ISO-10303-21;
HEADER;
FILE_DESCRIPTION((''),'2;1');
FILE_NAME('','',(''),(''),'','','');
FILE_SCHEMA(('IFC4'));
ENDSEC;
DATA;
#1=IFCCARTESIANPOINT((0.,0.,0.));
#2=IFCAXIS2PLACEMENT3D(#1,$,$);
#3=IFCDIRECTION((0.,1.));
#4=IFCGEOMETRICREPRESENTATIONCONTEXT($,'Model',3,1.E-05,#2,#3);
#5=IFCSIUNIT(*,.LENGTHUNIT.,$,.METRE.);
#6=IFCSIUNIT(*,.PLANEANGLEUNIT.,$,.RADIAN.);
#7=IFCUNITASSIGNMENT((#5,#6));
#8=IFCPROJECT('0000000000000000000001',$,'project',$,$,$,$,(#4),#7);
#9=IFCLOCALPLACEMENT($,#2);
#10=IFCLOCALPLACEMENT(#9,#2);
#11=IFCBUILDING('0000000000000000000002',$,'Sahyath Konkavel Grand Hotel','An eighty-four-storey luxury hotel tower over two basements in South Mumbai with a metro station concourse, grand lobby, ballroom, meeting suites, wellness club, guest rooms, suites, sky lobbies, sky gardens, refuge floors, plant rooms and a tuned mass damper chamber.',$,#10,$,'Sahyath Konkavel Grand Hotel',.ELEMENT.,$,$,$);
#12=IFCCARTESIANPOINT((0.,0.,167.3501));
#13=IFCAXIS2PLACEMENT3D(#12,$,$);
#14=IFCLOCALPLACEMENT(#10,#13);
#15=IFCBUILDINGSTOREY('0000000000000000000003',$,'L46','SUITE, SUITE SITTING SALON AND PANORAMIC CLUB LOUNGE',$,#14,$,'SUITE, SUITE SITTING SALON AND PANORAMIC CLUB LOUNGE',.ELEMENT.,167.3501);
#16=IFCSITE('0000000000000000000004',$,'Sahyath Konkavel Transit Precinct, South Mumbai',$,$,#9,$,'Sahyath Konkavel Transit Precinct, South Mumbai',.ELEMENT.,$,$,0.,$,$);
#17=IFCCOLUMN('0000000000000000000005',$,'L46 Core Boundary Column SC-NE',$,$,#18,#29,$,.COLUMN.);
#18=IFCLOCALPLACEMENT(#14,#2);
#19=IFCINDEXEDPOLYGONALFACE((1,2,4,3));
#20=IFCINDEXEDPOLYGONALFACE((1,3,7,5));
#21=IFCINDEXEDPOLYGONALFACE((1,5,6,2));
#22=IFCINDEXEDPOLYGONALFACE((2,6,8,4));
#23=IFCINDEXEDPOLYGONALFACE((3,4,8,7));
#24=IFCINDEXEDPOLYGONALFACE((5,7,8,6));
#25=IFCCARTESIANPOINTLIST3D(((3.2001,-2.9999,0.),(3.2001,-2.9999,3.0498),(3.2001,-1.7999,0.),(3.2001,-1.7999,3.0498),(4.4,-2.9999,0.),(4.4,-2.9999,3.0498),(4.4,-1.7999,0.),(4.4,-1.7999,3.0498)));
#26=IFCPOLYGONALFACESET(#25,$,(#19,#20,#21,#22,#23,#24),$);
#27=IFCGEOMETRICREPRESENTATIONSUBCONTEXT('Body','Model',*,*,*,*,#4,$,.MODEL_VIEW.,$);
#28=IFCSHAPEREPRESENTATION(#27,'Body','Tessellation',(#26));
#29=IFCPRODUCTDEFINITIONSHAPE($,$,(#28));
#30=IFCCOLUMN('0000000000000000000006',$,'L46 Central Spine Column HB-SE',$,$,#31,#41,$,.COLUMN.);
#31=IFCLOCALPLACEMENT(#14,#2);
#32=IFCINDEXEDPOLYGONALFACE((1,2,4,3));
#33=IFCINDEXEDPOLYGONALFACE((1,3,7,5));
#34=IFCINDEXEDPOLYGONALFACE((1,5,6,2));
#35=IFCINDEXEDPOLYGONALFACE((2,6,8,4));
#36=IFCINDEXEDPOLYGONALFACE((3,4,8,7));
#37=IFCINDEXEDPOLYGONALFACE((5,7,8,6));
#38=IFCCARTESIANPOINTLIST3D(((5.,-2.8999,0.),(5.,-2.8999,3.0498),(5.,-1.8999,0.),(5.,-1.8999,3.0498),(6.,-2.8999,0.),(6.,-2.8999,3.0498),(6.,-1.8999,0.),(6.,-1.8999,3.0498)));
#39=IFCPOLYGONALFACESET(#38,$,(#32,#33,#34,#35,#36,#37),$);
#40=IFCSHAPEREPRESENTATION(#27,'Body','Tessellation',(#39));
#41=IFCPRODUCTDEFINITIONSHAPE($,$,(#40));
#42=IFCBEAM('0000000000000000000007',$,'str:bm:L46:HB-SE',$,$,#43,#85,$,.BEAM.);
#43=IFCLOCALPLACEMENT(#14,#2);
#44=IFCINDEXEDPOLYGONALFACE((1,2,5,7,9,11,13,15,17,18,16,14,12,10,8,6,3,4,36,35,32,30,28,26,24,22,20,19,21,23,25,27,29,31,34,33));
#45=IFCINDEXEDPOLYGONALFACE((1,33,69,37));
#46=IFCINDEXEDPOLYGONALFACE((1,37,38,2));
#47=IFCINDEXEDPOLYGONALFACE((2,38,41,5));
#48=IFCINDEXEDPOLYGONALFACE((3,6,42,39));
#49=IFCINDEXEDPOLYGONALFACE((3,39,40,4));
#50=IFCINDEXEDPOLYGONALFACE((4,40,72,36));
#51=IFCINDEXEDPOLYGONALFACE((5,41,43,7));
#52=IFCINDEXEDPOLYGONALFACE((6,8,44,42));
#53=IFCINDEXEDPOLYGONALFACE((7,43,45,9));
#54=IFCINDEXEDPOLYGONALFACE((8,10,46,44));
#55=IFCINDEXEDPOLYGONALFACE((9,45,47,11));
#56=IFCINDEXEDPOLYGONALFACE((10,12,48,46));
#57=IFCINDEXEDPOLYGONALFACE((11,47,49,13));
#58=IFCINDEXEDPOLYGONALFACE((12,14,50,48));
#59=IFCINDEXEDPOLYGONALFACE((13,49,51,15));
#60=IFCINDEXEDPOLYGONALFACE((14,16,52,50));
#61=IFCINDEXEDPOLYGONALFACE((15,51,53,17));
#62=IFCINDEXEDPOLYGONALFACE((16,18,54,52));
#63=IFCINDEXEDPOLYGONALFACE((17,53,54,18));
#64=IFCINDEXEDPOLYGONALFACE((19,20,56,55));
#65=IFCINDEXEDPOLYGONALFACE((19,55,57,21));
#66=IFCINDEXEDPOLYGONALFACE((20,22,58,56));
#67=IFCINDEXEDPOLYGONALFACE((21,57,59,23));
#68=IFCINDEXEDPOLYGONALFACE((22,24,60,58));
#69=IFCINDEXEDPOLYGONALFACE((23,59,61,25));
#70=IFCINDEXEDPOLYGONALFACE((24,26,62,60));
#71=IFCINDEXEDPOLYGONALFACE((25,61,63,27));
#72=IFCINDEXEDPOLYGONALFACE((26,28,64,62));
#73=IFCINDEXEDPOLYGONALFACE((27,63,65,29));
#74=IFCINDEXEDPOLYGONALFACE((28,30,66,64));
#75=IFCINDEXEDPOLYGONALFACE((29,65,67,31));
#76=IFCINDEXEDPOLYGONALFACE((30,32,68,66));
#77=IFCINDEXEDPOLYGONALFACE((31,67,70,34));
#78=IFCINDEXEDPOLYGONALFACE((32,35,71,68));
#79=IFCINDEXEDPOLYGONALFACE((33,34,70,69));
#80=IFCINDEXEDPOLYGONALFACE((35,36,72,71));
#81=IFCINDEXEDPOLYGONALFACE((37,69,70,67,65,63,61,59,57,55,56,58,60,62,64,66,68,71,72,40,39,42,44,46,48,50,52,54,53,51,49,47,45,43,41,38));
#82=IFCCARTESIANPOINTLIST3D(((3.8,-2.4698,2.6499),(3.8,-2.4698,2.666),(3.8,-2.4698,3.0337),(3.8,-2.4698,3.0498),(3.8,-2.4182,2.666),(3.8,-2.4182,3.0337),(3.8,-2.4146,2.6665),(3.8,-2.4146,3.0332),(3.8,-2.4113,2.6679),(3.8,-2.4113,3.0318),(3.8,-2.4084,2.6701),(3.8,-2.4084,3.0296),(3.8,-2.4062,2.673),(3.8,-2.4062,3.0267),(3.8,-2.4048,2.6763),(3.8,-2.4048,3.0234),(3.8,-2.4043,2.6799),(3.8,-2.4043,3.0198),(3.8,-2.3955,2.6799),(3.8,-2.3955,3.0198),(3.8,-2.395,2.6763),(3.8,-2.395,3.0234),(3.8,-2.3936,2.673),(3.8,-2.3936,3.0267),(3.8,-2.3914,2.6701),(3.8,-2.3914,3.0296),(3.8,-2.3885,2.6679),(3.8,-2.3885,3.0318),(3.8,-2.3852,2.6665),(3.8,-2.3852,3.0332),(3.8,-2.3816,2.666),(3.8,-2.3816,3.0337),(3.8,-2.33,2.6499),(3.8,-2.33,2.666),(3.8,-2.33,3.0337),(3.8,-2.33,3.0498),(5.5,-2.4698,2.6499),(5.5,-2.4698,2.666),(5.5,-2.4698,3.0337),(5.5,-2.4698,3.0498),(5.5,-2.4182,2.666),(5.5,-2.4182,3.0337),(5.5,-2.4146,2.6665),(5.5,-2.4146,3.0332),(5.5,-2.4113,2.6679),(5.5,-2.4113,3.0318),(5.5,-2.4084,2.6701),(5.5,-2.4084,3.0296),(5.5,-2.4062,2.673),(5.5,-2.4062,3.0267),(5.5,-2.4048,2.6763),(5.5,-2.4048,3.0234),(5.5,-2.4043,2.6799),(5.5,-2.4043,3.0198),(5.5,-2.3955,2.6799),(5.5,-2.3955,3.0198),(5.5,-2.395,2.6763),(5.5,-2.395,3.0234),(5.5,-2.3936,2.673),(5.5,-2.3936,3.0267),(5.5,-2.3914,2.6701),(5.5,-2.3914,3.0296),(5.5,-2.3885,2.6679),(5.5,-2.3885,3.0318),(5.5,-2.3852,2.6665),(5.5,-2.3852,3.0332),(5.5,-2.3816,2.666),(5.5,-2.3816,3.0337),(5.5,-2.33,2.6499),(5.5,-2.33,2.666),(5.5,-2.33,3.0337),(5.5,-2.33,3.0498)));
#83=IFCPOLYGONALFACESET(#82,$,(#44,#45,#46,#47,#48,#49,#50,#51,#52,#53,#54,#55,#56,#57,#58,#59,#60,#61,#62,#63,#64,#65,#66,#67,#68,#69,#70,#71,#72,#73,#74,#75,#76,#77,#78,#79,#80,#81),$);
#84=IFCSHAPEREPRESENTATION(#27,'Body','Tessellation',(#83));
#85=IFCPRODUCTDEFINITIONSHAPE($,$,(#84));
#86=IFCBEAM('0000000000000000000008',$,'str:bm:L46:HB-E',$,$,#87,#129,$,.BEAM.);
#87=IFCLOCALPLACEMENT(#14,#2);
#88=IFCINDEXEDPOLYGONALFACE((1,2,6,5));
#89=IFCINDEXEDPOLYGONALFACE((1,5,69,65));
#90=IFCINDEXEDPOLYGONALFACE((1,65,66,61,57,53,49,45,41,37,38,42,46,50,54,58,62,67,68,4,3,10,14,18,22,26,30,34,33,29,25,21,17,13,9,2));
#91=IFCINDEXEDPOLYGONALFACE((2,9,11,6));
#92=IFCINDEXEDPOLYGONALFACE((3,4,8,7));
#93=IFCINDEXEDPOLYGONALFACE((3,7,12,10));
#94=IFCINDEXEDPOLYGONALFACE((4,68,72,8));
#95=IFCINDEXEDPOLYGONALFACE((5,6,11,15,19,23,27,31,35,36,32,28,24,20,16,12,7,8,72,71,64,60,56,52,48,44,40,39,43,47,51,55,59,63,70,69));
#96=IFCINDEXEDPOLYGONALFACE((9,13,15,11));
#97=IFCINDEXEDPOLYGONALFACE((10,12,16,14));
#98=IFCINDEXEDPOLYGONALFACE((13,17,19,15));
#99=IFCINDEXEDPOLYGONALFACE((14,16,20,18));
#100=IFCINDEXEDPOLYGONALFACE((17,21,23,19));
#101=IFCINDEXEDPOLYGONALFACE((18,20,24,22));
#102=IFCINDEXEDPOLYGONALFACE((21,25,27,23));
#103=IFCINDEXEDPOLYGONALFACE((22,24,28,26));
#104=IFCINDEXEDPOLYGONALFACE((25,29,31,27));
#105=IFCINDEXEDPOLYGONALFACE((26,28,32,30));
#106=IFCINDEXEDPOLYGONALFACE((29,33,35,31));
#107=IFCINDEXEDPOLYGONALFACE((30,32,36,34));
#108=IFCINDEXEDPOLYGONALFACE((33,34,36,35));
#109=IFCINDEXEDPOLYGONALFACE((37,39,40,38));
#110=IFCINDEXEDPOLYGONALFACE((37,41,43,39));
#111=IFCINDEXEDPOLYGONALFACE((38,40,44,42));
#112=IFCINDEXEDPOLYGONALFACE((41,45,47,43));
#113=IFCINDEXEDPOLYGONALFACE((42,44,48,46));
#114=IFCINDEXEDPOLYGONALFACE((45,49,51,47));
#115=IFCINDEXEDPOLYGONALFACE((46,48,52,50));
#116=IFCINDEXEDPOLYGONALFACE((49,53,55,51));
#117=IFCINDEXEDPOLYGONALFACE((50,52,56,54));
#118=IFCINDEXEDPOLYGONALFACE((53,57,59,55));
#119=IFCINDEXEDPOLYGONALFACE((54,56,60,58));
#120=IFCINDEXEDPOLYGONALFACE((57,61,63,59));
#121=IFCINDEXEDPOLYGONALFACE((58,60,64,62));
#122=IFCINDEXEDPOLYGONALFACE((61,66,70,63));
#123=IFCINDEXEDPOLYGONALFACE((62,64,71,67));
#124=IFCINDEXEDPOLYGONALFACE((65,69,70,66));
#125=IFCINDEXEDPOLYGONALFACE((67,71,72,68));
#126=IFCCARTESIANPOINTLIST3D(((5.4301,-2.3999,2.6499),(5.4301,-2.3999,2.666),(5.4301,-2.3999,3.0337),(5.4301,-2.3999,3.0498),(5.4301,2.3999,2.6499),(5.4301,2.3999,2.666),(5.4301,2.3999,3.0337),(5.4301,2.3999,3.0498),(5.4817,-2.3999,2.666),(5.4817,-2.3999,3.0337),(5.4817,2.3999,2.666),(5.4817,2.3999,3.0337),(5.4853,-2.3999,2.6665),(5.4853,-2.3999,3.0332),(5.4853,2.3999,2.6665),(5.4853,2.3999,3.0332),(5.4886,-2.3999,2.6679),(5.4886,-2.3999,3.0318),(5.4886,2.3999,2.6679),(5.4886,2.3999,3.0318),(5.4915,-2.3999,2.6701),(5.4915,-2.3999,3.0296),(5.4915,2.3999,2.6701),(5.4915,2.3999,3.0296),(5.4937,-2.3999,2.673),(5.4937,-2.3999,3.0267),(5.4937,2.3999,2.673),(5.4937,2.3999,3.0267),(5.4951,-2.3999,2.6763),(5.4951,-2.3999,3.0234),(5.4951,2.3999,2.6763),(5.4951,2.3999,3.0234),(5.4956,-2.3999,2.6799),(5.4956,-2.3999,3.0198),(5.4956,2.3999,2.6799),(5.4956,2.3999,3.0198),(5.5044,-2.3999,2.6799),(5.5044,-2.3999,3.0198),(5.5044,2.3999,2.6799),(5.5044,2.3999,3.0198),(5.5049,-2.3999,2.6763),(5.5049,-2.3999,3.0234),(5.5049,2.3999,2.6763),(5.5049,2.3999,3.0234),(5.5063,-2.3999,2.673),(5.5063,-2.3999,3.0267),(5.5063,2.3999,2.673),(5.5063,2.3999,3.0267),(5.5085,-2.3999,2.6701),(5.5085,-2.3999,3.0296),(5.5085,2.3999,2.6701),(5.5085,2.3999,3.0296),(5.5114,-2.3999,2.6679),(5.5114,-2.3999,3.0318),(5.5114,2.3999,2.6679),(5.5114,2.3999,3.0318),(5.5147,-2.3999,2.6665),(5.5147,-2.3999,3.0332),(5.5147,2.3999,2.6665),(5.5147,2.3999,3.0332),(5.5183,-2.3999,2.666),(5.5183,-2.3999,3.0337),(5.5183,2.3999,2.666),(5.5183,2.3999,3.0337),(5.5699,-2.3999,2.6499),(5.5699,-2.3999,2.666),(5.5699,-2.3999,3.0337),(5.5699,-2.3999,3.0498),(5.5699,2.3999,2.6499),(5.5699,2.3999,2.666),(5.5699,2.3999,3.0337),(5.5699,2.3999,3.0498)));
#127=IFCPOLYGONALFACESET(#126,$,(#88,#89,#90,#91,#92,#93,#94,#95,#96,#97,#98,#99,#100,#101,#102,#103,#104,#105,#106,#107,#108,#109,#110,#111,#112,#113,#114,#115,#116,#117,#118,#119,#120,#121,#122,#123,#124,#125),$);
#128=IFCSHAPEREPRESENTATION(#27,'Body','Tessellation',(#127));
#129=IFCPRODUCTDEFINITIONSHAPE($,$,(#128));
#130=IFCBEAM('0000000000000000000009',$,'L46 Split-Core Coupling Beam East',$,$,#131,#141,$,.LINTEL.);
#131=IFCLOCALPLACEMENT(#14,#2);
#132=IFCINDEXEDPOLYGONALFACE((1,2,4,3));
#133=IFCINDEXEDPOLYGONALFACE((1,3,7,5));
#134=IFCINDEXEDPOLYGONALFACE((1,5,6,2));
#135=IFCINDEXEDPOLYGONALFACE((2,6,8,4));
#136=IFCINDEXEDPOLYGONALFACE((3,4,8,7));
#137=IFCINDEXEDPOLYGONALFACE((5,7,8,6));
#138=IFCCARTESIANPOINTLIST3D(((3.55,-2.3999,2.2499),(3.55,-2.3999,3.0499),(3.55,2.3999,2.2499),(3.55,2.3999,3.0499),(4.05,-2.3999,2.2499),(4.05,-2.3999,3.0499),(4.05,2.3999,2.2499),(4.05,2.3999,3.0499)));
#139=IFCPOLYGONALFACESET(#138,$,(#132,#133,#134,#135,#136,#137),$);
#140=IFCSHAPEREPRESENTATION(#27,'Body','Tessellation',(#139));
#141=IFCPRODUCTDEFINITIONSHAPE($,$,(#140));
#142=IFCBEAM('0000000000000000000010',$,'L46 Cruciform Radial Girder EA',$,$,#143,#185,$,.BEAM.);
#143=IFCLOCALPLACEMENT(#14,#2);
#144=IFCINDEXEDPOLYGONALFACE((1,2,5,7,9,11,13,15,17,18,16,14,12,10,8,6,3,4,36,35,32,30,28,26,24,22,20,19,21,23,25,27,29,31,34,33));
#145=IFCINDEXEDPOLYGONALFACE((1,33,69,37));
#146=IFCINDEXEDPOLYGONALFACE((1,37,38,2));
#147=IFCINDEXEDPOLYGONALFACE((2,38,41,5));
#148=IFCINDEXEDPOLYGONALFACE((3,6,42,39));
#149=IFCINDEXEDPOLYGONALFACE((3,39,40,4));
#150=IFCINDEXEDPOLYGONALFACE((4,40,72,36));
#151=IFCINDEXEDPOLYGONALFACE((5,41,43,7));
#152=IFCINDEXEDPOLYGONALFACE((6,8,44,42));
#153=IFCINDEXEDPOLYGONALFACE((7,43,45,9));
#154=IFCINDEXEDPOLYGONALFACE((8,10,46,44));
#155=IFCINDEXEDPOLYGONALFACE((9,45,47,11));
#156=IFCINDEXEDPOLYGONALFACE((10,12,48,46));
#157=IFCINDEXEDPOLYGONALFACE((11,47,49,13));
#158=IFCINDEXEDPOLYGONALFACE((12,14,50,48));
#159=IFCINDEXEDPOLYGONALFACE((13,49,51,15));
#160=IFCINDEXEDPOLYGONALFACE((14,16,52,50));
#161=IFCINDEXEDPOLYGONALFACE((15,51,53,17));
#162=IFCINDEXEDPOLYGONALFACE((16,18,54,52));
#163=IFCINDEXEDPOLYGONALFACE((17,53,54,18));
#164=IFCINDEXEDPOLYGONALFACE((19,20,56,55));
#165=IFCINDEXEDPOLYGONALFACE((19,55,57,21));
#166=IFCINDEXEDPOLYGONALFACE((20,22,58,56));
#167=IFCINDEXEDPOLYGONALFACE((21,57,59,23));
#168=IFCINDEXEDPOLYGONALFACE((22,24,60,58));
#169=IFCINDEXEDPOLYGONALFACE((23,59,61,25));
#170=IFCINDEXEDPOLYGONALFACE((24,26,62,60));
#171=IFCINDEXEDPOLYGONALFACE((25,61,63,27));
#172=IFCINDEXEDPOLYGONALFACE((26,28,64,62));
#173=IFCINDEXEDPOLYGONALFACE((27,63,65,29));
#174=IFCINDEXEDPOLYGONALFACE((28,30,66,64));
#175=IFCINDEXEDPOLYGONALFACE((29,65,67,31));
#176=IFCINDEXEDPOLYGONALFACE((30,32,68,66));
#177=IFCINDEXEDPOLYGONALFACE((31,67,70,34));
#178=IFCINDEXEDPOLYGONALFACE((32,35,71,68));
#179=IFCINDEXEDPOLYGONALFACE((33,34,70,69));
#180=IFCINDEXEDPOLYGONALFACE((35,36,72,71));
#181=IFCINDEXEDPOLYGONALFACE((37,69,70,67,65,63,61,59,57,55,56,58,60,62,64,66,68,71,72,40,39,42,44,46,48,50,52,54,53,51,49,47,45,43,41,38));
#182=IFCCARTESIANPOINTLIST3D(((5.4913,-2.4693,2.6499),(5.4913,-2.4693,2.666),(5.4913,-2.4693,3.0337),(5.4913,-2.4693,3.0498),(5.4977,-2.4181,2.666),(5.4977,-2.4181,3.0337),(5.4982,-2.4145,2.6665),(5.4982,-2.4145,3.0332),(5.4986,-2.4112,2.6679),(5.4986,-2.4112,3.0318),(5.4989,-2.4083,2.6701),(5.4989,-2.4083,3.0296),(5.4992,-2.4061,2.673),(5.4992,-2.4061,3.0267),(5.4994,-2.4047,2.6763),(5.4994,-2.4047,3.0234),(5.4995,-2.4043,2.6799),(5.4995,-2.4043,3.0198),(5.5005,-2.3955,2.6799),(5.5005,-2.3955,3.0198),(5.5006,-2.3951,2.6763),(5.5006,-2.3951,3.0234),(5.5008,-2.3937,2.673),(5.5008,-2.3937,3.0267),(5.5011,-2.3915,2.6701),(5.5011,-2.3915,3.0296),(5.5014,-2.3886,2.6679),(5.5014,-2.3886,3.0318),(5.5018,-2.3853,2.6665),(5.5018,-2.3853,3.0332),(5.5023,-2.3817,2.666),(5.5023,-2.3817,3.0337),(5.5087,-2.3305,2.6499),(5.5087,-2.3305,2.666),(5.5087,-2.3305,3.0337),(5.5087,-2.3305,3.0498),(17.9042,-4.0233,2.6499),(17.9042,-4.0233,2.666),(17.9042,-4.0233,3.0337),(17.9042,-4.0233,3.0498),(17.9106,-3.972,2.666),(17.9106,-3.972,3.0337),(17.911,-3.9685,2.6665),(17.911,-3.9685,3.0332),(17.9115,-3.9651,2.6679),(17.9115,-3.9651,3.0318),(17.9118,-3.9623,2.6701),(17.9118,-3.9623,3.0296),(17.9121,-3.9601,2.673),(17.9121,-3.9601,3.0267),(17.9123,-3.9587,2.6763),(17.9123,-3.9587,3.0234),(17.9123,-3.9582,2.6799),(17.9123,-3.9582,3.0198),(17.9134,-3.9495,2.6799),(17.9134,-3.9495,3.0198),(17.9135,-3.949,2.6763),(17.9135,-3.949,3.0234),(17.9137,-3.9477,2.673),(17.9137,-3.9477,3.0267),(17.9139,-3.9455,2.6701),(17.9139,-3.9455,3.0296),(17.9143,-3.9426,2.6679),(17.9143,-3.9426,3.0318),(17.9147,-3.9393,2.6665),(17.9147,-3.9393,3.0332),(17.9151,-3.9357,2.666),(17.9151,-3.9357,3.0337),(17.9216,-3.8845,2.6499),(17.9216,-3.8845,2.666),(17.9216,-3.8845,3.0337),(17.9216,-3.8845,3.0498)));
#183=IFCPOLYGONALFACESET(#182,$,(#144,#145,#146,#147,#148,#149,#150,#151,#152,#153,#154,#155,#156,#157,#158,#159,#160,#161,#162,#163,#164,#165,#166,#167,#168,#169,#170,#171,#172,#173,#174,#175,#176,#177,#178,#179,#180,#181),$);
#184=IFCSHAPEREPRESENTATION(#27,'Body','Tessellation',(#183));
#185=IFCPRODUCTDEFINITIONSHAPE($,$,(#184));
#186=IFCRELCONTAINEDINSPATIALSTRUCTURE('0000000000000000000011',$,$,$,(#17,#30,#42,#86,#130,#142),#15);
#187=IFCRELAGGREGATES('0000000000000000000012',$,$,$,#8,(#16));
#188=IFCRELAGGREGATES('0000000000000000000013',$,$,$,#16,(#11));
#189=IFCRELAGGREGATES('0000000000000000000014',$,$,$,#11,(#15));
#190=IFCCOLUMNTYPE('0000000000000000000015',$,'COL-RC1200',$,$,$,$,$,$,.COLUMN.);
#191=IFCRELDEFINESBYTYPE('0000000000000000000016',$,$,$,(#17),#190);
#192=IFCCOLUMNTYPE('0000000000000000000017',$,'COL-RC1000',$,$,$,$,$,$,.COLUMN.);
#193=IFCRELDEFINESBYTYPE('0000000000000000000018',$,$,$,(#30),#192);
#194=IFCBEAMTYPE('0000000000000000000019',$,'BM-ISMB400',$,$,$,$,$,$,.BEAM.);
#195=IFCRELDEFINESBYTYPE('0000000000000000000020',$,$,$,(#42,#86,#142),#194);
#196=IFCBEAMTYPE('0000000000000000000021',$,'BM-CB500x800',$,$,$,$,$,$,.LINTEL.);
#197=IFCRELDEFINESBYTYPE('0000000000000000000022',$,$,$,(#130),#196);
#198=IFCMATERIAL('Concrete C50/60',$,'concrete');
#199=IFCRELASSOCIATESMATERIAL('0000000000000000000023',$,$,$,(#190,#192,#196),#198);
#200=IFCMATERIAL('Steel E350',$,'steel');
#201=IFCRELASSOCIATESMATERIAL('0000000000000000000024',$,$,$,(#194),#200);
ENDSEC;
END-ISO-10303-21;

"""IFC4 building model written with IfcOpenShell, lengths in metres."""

from ifc_helpers import new_model, si_unit, direction, frame, origin, origin_2d, place, context, subcontext, project, spatial, rectangle, i_section, extrude, source, transform, mapped, material, material_profile, profile_set, type_object, element, save


model = new_model("IFC4")

# Units and contexts
model_context = context("Model", 3, precision=1e-05, world=origin(), true_north=direction((0.0, 1.0)))
body_context = subcontext(model_context, "Body", "Model", "MODEL_VIEW")
ifc_project = project(units=[si_unit("LENGTHUNIT", "METRE"), si_unit("PLANEANGLEUNIT", "RADIAN")], contexts=[model_context])

# Site, building, storey
site_placement = place(None, origin())
site = spatial("IfcSite", under=ifc_project, at=site_placement, Name="Sahyath Konkavel Transit Precinct, South Mumbai", LongName="Sahyath Konkavel Transit Precinct, South Mumbai", CompositionType="ELEMENT", RefElevation=0.0)
building_placement = place(site_placement, origin())
building = spatial("IfcBuilding", under=site, at=building_placement, Name="Sahyath Konkavel Grand Hotel", Description="An eighty-four-storey luxury hotel tower over two basements in South Mumbai with a metro station concourse, grand lobby, ballroom, meeting suites, wellness club, guest rooms, suites, sky lobbies, sky gardens, refuge floors, plant rooms and a tuned mass damper chamber.", LongName="Sahyath Konkavel Grand Hotel", CompositionType="ELEMENT")
storey_placement = place(building_placement, frame((0.0, 0.0, 167.3501)))
storey = spatial("IfcBuildingStorey", under=building, at=storey_placement, Name="L46", Description="SUITE, SUITE SITTING SALON AND PANORAMIC CLUB LOUNGE", LongName="SUITE, SUITE SITTING SALON AND PANORAMIC CLUB LOUNGE", CompositionType="ELEMENT", Elevation=167.3501)

# Columns
ifc_material_1 = material(Name="Concrete C50/60", Category="concrete")
ifc_material_profile_1 = material_profile(ifc_material_1, rectangle(XDim=1.2, YDim=1.2, at=origin_2d()), Name="RC 1200x1200")
ifc_profile_set_1 = profile_set([ifc_material_profile_1], Name="Concrete C50/60")
column_type_1 = type_object("IfcColumnType", Name="COL-RC1200", PredefinedType="COLUMN", material=ifc_profile_set_1)
shared_shape_1 = source(origin(), body_context, "Body", "SweptSolid", [
    extrude(rectangle(XDim=1.2, YDim=1.2, at=origin_2d()), origin(), (0.0, 0.0, 1.0), 3.0498),
])
column_1_placement = place(storey_placement, frame((3.8, -2.3999, 0.0), z_axis=(0.0, 0.0, 1.0), x_axis=(1.0, 0.0, 0.0)))
element("IfcColumn", 1, at=column_1_placement, inside=storey, type_object=column_type_1, Name="L46 Core Boundary Column SC-NE", PredefinedType="COLUMN", context=body_context, shape_type="MappedRepresentation", body=[
    mapped(shared_shape_1, transform((0.0, 0.0, 0.0), scale=1.0)),
])
ifc_material_profile_2 = material_profile(ifc_material_1, rectangle(XDim=1.0, YDim=1.0, at=origin_2d()), Name="RC 1000x1000")
ifc_profile_set_2 = profile_set([ifc_material_profile_2], Name="Concrete C50/60")
column_type_2 = type_object("IfcColumnType", Name="COL-RC1000", PredefinedType="COLUMN", material=ifc_profile_set_2)
shared_shape_2 = source(origin(), body_context, "Body", "SweptSolid", [
    extrude(rectangle(XDim=1.0, YDim=1.0, at=origin_2d()), origin(), (0.0, 0.0, 1.0), 3.0498),
])
column_2_placement = place(storey_placement, frame((5.5, -2.3999, 0.0), z_axis=(0.0, 0.0, 1.0), x_axis=(1.0, 0.0, 0.0)))
element("IfcColumn", 2, at=column_2_placement, inside=storey, type_object=column_type_2, Name="L46 Central Spine Column HB-SE", PredefinedType="COLUMN", context=body_context, shape_type="MappedRepresentation", body=[
    mapped(shared_shape_2, transform((0.0, 0.0, 0.0), scale=1.0)),
])

# Beams
ifc_material_2 = material(Name="Steel E350", Category="steel")
ifc_material_profile_3 = material_profile(ifc_material_2, i_section(OverallWidth=0.1399, OverallDepth=0.3999, WebThickness=0.0088, FlangeThickness=0.0161, FilletRadius=0.0139, at=origin_2d()), Name="ISMB 400")
ifc_profile_set_3 = profile_set([ifc_material_profile_3], Name="Steel E350")
beam_type_1 = type_object("IfcBeamType", Name="BM-ISMB400", PredefinedType="BEAM", material=ifc_profile_set_3)
shared_shape_3 = source(origin(), body_context, "Body", "SweptSolid", [
    extrude(i_section(OverallWidth=0.1399, OverallDepth=0.3999, WebThickness=0.0088, FlangeThickness=0.0161, FilletRadius=0.0139, at=origin_2d()), origin(), (0.0, 0.0, 1.0), 1.7),
])
beam_1_placement = place(storey_placement, frame((3.8, -2.3999, 2.8499), z_axis=(1.0, 0.0, 0.0), x_axis=(0.0, 1.0, 0.0)))
element("IfcBeam", 3, at=beam_1_placement, inside=storey, type_object=beam_type_1, Name="str:bm:L46:HB-SE", PredefinedType="BEAM", context=body_context, shape_type="MappedRepresentation", body=[
    mapped(shared_shape_3, transform((0.0, 0.0, 0.0), scale=1.0)),
])
shared_shape_4 = source(origin(), body_context, "Body", "SweptSolid", [
    extrude(i_section(OverallWidth=0.1399, OverallDepth=0.3999, WebThickness=0.0088, FlangeThickness=0.0161, FilletRadius=0.0139, at=origin_2d()), origin(), (0.0, 0.0, 1.0), 4.7998),
])
beam_2_placement = place(storey_placement, frame((5.5, -2.3999, 2.8499), z_axis=(0.0, 1.0, 0.0), x_axis=(-1.0, 0.0, 0.0)))
element("IfcBeam", 4, at=beam_2_placement, inside=storey, type_object=beam_type_1, Name="str:bm:L46:HB-E", PredefinedType="BEAM", context=body_context, shape_type="MappedRepresentation", body=[
    mapped(shared_shape_4, transform((0.0, 0.0, 0.0), scale=1.0)),
])
ifc_material_profile_4 = material_profile(ifc_material_1, rectangle(XDim=0.5, YDim=0.8, at=origin_2d()), Name="RC 500x800")
ifc_profile_set_4 = profile_set([ifc_material_profile_4], Name="Concrete C50/60")
beam_type_2 = type_object("IfcBeamType", Name="BM-CB500x800", PredefinedType="LINTEL", material=ifc_profile_set_4)
shared_shape_5 = source(origin(), body_context, "Body", "SweptSolid", [
    extrude(rectangle(XDim=0.5, YDim=0.8, at=origin_2d()), origin(), (0.0, 0.0, 1.0), 4.7998),
])
beam_3_placement = place(storey_placement, frame((3.8, -2.3999, 2.6499), z_axis=(0.0, 1.0, 0.0), x_axis=(-1.0, 0.0, 0.0)))
element("IfcBeam", 5, at=beam_3_placement, inside=storey, type_object=beam_type_2, Name="L46 Split-Core Coupling Beam East", PredefinedType="LINTEL", context=body_context, shape_type="MappedRepresentation", body=[
    mapped(shared_shape_5, transform((0.0, 0.0, 0.0), scale=1.0)),
])
shared_shape_6 = source(origin(), body_context, "Body", "SweptSolid", [
    extrude(i_section(OverallWidth=0.1399, OverallDepth=0.3999, WebThickness=0.0088, FlangeThickness=0.0161, FilletRadius=0.0139, at=origin_2d()), origin(), (0.0, 0.0, 1.0), 12.5098),
])
beam_4_placement = place(storey_placement, frame((5.5, -2.3999, 2.8499), z_axis=(0.992255, -0.12422, 0.0), x_axis=(0.12422, 0.992255, 0.0)))
element("IfcBeam", 6, at=beam_4_placement, inside=storey, type_object=beam_type_1, Name="L46 Cruciform Radial Girder EA", PredefinedType="BEAM", context=body_context, shape_type="MappedRepresentation", body=[
    mapped(shared_shape_6, transform((0.0, 0.0, 0.0), scale=1.0)),
])

save(model, "model.ifc")
